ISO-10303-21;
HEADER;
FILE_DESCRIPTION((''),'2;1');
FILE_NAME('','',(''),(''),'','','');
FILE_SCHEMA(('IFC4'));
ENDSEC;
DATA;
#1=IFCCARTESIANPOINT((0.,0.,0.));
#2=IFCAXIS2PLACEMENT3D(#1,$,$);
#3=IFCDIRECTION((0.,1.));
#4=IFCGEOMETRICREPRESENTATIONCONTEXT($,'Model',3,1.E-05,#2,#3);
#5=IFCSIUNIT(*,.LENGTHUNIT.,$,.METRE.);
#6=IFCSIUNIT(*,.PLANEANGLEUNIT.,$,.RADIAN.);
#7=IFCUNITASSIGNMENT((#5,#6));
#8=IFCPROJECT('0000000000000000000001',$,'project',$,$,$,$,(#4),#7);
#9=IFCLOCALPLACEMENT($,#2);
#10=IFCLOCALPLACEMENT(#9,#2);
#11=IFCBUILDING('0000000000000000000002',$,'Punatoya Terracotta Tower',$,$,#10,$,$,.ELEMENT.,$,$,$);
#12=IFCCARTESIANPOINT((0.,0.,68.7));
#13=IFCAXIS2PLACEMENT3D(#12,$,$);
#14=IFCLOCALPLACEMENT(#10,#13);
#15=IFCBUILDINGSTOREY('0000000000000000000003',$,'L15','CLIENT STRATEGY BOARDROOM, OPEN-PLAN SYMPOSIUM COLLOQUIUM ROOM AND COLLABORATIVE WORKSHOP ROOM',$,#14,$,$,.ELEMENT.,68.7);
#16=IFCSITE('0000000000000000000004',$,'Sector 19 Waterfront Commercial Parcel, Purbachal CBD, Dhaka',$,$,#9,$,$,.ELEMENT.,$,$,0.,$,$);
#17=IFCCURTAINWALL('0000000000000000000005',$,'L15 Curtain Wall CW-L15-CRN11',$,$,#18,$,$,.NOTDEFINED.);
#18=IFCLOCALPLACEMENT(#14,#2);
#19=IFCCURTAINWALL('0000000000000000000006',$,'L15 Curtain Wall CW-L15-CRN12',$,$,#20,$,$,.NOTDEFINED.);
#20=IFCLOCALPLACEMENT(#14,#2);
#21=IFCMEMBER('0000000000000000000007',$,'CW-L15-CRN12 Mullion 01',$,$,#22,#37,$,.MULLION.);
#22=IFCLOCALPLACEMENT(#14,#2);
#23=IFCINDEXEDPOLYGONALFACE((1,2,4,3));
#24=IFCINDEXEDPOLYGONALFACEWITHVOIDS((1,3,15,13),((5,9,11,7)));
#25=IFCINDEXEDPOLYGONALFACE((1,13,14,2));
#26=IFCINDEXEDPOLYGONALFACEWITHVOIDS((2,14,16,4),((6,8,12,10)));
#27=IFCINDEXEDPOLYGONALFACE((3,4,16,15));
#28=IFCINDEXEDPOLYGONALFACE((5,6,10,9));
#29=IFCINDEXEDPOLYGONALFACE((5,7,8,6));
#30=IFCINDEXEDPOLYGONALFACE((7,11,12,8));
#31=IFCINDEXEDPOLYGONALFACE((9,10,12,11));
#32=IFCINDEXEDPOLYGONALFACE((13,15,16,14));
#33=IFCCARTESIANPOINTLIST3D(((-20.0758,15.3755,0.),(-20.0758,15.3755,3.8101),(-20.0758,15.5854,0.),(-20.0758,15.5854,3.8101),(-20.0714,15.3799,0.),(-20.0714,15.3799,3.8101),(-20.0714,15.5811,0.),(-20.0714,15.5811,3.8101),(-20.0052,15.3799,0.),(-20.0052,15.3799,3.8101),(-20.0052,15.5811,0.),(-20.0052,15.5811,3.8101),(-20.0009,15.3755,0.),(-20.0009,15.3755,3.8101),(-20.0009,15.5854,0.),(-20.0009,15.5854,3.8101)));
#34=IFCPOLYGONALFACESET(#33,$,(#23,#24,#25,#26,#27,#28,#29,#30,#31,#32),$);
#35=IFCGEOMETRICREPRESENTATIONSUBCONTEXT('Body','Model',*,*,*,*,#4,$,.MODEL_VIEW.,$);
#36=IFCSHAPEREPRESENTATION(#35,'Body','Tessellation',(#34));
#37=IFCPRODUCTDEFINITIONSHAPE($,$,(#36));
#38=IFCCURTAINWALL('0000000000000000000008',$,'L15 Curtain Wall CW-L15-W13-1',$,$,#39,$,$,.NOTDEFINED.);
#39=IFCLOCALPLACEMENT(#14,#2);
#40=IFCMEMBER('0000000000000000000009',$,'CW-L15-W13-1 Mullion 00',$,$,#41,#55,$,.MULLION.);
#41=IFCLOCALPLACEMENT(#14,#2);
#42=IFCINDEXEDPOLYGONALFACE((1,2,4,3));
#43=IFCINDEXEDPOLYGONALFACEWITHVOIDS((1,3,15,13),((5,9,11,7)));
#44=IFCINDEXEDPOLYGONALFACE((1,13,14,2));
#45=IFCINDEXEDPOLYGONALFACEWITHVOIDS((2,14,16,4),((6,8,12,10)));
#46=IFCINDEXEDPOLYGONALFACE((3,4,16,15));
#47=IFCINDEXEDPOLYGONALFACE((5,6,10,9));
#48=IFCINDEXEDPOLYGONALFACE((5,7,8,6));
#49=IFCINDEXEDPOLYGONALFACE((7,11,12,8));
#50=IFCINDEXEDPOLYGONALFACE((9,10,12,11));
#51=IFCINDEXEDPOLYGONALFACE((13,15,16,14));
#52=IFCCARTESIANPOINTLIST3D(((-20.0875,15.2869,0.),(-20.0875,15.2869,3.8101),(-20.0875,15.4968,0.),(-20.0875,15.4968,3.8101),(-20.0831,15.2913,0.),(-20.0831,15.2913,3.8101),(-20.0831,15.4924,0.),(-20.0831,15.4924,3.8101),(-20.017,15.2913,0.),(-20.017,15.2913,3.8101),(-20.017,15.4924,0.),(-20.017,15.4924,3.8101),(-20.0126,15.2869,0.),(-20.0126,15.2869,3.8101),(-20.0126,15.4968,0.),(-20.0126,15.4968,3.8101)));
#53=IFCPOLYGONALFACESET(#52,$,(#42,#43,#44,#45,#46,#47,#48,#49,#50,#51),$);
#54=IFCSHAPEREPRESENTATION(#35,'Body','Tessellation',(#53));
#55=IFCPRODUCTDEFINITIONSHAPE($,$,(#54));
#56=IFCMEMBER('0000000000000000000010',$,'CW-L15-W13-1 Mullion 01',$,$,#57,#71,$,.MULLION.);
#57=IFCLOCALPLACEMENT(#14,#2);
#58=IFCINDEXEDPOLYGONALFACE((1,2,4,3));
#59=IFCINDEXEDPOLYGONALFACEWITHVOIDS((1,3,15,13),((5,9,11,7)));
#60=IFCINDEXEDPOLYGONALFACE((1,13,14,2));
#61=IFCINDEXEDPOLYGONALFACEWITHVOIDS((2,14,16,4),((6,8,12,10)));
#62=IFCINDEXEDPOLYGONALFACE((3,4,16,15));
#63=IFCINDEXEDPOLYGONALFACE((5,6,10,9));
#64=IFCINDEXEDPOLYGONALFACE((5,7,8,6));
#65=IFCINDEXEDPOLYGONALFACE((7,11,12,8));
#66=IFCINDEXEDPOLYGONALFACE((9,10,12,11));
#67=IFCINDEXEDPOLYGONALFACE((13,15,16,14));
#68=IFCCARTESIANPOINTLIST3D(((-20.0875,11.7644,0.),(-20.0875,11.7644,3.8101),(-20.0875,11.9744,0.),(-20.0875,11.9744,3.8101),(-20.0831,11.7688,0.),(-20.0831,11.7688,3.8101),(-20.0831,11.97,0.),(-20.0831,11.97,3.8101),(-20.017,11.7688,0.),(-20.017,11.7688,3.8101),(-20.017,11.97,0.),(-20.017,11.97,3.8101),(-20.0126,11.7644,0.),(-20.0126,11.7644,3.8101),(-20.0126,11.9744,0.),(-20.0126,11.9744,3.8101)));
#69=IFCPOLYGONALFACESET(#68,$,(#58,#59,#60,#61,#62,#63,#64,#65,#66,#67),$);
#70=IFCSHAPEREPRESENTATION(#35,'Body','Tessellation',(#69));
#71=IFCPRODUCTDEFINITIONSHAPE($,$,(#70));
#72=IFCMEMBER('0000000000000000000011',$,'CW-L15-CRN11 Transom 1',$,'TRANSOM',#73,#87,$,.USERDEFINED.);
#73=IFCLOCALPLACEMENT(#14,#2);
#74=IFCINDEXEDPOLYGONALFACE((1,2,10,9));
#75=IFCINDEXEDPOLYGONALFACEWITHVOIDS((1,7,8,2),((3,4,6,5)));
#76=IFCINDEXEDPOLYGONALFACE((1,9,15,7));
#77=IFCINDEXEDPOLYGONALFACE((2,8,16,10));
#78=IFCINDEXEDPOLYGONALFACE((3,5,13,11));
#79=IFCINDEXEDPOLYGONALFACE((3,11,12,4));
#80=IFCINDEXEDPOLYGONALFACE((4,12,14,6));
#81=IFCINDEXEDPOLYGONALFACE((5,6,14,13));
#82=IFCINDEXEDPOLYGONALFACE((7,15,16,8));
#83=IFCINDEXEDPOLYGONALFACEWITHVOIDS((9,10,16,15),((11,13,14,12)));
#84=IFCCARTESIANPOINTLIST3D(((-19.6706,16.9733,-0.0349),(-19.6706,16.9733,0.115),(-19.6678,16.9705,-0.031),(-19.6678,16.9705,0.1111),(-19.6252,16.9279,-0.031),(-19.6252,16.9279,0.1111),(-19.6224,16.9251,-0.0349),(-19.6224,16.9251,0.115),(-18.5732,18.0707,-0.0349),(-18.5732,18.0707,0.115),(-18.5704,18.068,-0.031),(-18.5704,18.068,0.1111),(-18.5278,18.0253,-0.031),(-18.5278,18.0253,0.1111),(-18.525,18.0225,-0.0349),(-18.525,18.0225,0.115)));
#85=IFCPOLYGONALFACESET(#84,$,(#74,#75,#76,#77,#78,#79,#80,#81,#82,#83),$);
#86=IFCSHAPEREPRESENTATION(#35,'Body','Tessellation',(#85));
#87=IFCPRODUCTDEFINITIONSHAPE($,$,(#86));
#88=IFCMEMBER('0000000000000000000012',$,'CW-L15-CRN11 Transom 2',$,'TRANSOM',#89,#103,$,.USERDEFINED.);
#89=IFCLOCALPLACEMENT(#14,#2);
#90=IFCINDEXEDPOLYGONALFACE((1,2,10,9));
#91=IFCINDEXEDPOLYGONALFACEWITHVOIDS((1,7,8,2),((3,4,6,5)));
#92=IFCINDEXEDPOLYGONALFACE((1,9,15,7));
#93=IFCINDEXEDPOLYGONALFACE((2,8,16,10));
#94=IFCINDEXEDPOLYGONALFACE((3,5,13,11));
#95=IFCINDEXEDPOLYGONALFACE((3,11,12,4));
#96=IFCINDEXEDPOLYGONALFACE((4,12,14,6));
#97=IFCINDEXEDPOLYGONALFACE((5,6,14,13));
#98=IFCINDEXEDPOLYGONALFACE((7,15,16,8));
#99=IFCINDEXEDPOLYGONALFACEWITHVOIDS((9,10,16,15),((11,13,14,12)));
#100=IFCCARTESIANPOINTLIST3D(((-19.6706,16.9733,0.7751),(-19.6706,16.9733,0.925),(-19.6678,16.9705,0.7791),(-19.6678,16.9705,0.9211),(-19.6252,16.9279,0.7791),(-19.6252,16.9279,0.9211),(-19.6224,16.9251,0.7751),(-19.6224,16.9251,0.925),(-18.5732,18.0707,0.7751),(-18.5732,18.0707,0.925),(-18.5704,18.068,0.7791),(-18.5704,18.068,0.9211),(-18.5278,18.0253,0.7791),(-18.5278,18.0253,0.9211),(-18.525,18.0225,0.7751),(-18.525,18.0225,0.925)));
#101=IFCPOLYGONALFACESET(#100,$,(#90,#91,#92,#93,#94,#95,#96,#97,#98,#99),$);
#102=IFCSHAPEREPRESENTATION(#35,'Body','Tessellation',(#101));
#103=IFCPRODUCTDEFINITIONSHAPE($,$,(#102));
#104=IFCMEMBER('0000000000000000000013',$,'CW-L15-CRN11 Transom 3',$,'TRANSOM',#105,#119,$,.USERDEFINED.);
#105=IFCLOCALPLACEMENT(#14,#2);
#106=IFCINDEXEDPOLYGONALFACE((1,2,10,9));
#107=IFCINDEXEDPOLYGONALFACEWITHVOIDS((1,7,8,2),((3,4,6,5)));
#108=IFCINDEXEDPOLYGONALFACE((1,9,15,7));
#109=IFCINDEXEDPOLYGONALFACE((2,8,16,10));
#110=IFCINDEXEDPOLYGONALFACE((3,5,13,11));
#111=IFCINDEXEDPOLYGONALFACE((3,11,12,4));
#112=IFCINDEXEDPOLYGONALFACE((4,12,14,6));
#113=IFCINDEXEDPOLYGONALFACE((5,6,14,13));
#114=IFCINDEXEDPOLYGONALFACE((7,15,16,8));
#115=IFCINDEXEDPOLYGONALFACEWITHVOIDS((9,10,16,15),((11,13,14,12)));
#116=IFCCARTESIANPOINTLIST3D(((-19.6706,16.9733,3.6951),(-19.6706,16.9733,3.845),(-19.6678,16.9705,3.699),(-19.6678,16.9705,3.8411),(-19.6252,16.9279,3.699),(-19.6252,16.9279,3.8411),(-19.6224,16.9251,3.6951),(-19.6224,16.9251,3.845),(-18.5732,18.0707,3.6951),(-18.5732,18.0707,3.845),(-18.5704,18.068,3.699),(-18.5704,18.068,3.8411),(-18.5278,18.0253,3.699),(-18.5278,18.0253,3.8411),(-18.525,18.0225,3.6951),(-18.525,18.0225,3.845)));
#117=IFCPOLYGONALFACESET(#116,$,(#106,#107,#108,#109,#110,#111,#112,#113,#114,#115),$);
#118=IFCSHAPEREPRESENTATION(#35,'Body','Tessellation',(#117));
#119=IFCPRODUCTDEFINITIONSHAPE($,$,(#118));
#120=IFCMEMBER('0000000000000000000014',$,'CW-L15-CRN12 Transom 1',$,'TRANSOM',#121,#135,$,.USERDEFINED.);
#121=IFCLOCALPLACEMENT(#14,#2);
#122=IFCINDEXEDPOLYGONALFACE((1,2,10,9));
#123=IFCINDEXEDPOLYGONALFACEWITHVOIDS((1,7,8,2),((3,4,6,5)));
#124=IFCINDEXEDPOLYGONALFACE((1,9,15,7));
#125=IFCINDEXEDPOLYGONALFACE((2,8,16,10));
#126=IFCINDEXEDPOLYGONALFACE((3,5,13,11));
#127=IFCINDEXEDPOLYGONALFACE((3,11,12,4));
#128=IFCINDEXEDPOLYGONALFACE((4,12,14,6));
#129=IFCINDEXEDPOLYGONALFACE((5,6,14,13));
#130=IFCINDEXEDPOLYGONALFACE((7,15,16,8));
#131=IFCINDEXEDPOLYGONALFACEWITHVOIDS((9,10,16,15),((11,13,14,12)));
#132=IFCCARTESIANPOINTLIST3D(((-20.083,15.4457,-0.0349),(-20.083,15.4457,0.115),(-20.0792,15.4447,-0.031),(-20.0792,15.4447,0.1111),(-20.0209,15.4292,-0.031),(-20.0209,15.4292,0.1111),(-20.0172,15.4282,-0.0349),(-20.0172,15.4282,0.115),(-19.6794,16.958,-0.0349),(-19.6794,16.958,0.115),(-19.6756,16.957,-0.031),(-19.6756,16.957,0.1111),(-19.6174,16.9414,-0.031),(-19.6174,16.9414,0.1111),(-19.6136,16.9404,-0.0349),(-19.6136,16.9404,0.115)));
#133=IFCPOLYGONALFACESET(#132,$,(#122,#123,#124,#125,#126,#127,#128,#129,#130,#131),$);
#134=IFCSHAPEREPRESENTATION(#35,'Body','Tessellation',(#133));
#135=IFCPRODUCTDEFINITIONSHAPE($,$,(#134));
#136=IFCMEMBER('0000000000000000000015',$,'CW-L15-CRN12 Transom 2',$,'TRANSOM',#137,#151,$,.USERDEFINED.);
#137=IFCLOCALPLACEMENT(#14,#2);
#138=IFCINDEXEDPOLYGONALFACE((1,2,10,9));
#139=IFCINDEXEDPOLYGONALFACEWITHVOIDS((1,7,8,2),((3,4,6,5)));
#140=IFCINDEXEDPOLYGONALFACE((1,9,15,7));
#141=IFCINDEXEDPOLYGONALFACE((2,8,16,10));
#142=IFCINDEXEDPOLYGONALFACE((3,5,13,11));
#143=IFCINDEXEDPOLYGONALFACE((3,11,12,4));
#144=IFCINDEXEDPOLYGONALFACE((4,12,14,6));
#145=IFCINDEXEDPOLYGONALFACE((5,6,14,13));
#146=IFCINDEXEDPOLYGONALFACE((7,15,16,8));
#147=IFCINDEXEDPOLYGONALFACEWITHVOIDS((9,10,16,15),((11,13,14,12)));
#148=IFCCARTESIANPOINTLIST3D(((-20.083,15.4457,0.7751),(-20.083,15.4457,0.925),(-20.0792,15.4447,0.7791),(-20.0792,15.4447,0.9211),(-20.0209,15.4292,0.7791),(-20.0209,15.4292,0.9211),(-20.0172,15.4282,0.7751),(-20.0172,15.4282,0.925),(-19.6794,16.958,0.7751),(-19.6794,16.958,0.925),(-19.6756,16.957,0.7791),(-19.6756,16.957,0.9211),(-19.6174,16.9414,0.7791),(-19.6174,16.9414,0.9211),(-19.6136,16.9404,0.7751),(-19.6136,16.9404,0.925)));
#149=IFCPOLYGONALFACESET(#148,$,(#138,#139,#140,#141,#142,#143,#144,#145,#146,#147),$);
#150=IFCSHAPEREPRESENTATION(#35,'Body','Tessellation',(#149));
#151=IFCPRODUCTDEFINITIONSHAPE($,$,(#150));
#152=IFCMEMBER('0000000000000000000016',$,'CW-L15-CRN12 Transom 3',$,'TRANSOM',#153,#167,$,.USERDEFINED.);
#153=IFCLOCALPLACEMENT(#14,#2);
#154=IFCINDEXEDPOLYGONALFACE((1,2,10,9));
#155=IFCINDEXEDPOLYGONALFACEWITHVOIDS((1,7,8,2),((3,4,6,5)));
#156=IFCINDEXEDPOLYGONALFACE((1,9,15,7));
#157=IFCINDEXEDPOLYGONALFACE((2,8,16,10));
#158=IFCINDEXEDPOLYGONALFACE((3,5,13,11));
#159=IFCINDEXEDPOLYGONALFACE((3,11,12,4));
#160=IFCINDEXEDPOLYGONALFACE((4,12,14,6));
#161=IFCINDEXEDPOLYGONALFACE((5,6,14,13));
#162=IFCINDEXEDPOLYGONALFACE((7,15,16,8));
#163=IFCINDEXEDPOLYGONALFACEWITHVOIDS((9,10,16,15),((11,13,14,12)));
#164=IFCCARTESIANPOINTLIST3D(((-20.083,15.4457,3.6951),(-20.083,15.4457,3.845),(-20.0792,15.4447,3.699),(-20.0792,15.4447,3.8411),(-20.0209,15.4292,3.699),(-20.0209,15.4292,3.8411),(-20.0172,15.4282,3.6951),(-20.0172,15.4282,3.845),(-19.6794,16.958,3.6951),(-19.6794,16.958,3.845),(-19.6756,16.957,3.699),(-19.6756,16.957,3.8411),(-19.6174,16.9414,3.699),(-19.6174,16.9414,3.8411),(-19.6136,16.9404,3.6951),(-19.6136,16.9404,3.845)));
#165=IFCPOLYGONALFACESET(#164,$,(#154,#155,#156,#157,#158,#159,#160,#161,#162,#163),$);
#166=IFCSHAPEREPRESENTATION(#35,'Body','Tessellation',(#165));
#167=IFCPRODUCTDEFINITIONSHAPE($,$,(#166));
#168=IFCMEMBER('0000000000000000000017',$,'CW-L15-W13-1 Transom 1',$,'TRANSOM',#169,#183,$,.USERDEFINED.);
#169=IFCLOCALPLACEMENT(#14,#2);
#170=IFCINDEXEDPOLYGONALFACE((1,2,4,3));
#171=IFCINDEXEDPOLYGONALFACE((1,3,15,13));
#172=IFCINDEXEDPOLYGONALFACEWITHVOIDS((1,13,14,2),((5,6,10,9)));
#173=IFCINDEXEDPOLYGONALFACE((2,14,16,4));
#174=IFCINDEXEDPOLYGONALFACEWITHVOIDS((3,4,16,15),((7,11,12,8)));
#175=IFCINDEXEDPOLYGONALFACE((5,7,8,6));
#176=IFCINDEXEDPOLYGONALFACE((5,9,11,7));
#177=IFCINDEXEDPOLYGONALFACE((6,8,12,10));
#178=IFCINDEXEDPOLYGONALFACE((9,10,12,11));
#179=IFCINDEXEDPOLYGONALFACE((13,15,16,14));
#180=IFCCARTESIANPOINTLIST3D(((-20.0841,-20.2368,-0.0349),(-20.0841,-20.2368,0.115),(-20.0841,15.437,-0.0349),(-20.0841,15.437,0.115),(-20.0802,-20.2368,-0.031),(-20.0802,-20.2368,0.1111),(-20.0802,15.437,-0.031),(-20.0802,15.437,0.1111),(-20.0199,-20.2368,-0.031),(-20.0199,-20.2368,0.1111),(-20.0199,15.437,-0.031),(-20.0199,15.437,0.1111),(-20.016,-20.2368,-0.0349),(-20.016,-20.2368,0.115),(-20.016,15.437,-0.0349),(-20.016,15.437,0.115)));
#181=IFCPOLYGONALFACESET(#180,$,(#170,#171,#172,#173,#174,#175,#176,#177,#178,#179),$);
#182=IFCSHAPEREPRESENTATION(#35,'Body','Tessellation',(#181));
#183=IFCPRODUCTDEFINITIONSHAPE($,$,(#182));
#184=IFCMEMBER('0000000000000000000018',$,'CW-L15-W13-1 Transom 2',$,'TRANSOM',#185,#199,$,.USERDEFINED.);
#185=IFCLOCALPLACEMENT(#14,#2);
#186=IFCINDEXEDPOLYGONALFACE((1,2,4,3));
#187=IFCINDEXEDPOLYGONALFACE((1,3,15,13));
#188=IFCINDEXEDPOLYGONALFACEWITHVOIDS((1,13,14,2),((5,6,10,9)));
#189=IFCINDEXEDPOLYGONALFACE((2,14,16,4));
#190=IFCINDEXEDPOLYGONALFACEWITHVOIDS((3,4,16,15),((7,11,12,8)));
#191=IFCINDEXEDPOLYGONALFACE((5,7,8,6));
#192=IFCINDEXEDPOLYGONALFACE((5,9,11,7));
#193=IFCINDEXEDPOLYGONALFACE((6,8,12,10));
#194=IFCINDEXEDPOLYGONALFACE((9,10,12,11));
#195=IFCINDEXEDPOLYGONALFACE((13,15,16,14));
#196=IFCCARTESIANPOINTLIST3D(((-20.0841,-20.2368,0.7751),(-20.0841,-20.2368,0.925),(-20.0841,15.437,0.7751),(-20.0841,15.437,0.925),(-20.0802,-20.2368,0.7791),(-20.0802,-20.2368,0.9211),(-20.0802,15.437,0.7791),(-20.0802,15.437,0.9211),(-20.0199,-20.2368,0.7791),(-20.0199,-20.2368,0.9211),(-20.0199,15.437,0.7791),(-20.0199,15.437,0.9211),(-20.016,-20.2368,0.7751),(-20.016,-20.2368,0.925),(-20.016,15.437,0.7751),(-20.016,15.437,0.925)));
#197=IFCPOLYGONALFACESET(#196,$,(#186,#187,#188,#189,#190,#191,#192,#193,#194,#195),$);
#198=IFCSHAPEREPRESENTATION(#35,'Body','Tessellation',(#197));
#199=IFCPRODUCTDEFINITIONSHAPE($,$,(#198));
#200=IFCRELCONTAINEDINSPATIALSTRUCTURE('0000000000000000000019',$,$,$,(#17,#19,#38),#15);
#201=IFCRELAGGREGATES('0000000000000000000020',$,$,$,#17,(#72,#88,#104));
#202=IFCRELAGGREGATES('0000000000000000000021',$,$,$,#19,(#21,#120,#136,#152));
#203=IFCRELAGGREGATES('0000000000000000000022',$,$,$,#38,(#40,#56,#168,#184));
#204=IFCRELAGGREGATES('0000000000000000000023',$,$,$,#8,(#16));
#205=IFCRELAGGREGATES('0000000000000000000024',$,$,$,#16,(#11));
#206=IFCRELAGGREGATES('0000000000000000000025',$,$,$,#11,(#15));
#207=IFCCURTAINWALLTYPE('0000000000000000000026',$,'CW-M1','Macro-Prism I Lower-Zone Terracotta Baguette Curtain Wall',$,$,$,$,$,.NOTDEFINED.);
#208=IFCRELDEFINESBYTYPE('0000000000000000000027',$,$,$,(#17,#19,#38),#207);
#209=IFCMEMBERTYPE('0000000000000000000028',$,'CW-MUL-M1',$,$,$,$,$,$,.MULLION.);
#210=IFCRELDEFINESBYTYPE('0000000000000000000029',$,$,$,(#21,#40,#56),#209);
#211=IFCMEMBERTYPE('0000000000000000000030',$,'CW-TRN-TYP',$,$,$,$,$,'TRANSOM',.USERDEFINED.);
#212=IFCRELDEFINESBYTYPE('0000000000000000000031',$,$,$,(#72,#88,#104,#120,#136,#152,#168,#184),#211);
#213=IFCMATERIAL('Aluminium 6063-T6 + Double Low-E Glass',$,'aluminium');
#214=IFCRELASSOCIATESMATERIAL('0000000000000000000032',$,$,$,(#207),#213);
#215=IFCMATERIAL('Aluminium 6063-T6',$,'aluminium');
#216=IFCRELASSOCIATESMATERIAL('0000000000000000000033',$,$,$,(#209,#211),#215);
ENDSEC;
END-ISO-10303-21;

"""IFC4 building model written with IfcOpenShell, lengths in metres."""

from ifc_helpers import new_model, si_unit, direction, frame, origin, origin_2d, place, context, subcontext, project, spatial, hollow_rectangle, extrude, material, material_profile, profile_set, type_object, element, aggregate, save


model = new_model("IFC4")

# Units and contexts
model_context = context("Model", 3, precision=1e-05, world=origin(), true_north=direction((0.0, 1.0)))
body_context = subcontext(model_context, "Body", "Model", "MODEL_VIEW")
ifc_project = project(units=[si_unit("LENGTHUNIT", "METRE"), si_unit("PLANEANGLEUNIT", "RADIAN")], contexts=[model_context])

# Site, building, storey
site_placement = place(None, origin())
site = spatial("IfcSite", under=ifc_project, at=site_placement, Name="Sector 19 Waterfront Commercial Parcel, Purbachal CBD, Dhaka", CompositionType="ELEMENT", RefElevation=0.0)
building_placement = place(site_placement, origin())
building = spatial("IfcBuilding", under=site, at=building_placement, Name="Punatoya Terracotta Tower", CompositionType="ELEMENT")
storey_placement = place(building_placement, frame((0.0, 0.0, 68.7)))
storey = spatial("IfcBuildingStorey", under=building, at=storey_placement, Name="L15", Description="CLIENT STRATEGY BOARDROOM, OPEN-PLAN SYMPOSIUM COLLOQUIUM ROOM AND COLLABORATIVE WORKSHOP ROOM", CompositionType="ELEMENT", Elevation=68.7)

# Shared definitions
ifc_material_1 = material(Name="Aluminium 6063-T6 + Double Low-E Glass", Category="aluminium")
curtain_wall_type = type_object("IfcCurtainWallType", Name="CW-M1", Description="Macro-Prism I Lower-Zone Terracotta Baguette Curtain Wall", PredefinedType="NOTDEFINED", material=ifc_material_1)
ifc_material_2 = material(Name="Aluminium 6063-T6", Category="aluminium")
ifc_material_profile_1 = material_profile(ifc_material_2, hollow_rectangle(XDim=0.075, YDim=0.21, WallThickness=0.0044, at=origin_2d()))
ifc_profile_set_1 = profile_set([ifc_material_profile_1], Name="Aluminium 6063-T6")
member_type_1 = type_object("IfcMemberType", Name="CW-MUL-M1", PredefinedType="MULLION", material=ifc_profile_set_1)

# Curtain walls, members
curtain_wall_1_placement = place(storey_placement, origin())
curtain_wall_1 = element("IfcCurtainWall", 1, at=curtain_wall_1_placement, inside=storey, type_object=curtain_wall_type, Name="L15 Curtain Wall CW-L15-CRN11", PredefinedType="NOTDEFINED")
curtain_wall_2_placement = place(storey_placement, origin())
curtain_wall_2 = element("IfcCurtainWall", 2, at=curtain_wall_2_placement, inside=storey, type_object=curtain_wall_type, Name="L15 Curtain Wall CW-L15-CRN12", PredefinedType="NOTDEFINED")
member_1_placement = place(storey_placement, frame((-20.0383, 15.4805, 0.0), z_axis=(0.0, 0.0, 1.0), x_axis=(1.0, 0.0, 0.0)))
member_1 = element("IfcMember", 3, at=member_1_placement, type_object=member_type_1, Name="CW-L15-CRN12 Mullion 01", PredefinedType="MULLION", context=body_context, shape_type="SweptSolid", body=[
    extrude(hollow_rectangle(XDim=0.075, YDim=0.21, WallThickness=0.0044, at=origin_2d()), origin(), (0.0, 0.0, 1.0), 3.8101),
])
curtain_wall_3_placement = place(storey_placement, origin())
curtain_wall_3 = element("IfcCurtainWall", 4, at=curtain_wall_3_placement, inside=storey, type_object=curtain_wall_type, Name="L15 Curtain Wall CW-L15-W13-1", PredefinedType="NOTDEFINED")
member_2_placement = place(storey_placement, frame((-20.05, 15.3918, 0.0), z_axis=(0.0, 0.0, 1.0), x_axis=(1.0, 0.0, 0.0)))
member_2 = element("IfcMember", 5, at=member_2_placement, type_object=member_type_1, Name="CW-L15-W13-1 Mullion 00", PredefinedType="MULLION", context=body_context, shape_type="SweptSolid", body=[
    extrude(hollow_rectangle(XDim=0.075, YDim=0.21, WallThickness=0.0044, at=origin_2d()), origin(), (0.0, 0.0, 1.0), 3.8101),
])
member_3_placement = place(storey_placement, frame((-20.05, 11.8694, 0.0), z_axis=(0.0, 0.0, 1.0), x_axis=(1.0, 0.0, 0.0)))
member_3 = element("IfcMember", 6, at=member_3_placement, type_object=member_type_1, Name="CW-L15-W13-1 Mullion 01", PredefinedType="MULLION", context=body_context, shape_type="SweptSolid", body=[
    extrude(hollow_rectangle(XDim=0.075, YDim=0.21, WallThickness=0.0044, at=origin_2d()), origin(), (0.0, 0.0, 1.0), 3.8101),
])

# Members
ifc_material_profile_2 = material_profile(ifc_material_2, hollow_rectangle(XDim=0.0681, YDim=0.1499, WallThickness=0.0039, at=origin_2d()))
ifc_profile_set_2 = profile_set([ifc_material_profile_2], Name="Aluminium 6063-T6")
member_type_2 = type_object("IfcMemberType", Name="CW-TRN-TYP", ElementType="TRANSOM", PredefinedType="USERDEFINED", material=ifc_profile_set_2)
member_4_placement = place(storey_placement, frame((-18.5491, 18.0466, 0.04), z_axis=(-0.707107, -0.707107, 0.0), x_axis=(0.707107, -0.707107, 0.0)))
member_4 = element("IfcMember", 7, at=member_4_placement, type_object=member_type_2, Name="CW-L15-CRN11 Transom 1", ObjectType="TRANSOM", PredefinedType="USERDEFINED", context=body_context, shape_type="SweptSolid", body=[
    extrude(hollow_rectangle(XDim=0.0681, YDim=0.1499, WallThickness=0.0039, at=origin_2d()), origin(), (0.0, 0.0, 1.0), 1.552),
])
member_5_placement = place(storey_placement, frame((-18.5491, 18.0466, 0.8501), z_axis=(-0.707107, -0.707107, 0.0), x_axis=(0.707107, -0.707107, 0.0)))
member_5 = element("IfcMember", 8, at=member_5_placement, type_object=member_type_2, Name="CW-L15-CRN11 Transom 2", ObjectType="TRANSOM", PredefinedType="USERDEFINED", context=body_context, shape_type="SweptSolid", body=[
    extrude(hollow_rectangle(XDim=0.0681, YDim=0.1499, WallThickness=0.0039, at=origin_2d()), origin(), (0.0, 0.0, 1.0), 1.552),
])
member_6_placement = place(storey_placement, frame((-18.5491, 18.0466, 3.77), z_axis=(-0.707107, -0.707107, 0.0), x_axis=(0.707107, -0.707107, 0.0)))
member_6 = element("IfcMember", 9, at=member_6_placement, type_object=member_type_2, Name="CW-L15-CRN11 Transom 3", ObjectType="TRANSOM", PredefinedType="USERDEFINED", context=body_context, shape_type="SweptSolid", body=[
    extrude(hollow_rectangle(XDim=0.0681, YDim=0.1499, WallThickness=0.0039, at=origin_2d()), origin(), (0.0, 0.0, 1.0), 1.552),
])
member_7_placement = place(storey_placement, frame((-19.6465, 16.9492, 0.04), z_axis=(-0.257847, -0.966186, 0.0), x_axis=(0.966186, -0.257847, 0.0)))
member_7 = element("IfcMember", 10, at=member_7_placement, type_object=member_type_2, Name="CW-L15-CRN12 Transom 1", ObjectType="TRANSOM", PredefinedType="USERDEFINED", context=body_context, shape_type="SweptSolid", body=[
    extrude(hollow_rectangle(XDim=0.0681, YDim=0.1499, WallThickness=0.0039, at=origin_2d()), origin(), (0.0, 0.0, 1.0), 1.5652),
])
member_8_placement = place(storey_placement, frame((-19.6465, 16.9492, 0.8501), z_axis=(-0.257847, -0.966186, 0.0), x_axis=(0.966186, -0.257847, 0.0)))
member_8 = element("IfcMember", 11, at=member_8_placement, type_object=member_type_2, Name="CW-L15-CRN12 Transom 2", ObjectType="TRANSOM", PredefinedType="USERDEFINED", context=body_context, shape_type="SweptSolid", body=[
    extrude(hollow_rectangle(XDim=0.0681, YDim=0.1499, WallThickness=0.0039, at=origin_2d()), origin(), (0.0, 0.0, 1.0), 1.5652),
])
member_9_placement = place(storey_placement, frame((-19.6465, 16.9492, 3.77), z_axis=(-0.257847, -0.966186, 0.0), x_axis=(0.966186, -0.257847, 0.0)))
member_9 = element("IfcMember", 12, at=member_9_placement, type_object=member_type_2, Name="CW-L15-CRN12 Transom 3", ObjectType="TRANSOM", PredefinedType="USERDEFINED", context=body_context, shape_type="SweptSolid", body=[
    extrude(hollow_rectangle(XDim=0.0681, YDim=0.1499, WallThickness=0.0039, at=origin_2d()), origin(), (0.0, 0.0, 1.0), 1.5652),
])
member_10_placement = place(storey_placement, frame((-20.05, 15.437, 0.04), z_axis=(0.0, -1.0, 0.0), x_axis=(1.0, 0.0, 0.0)))
member_10 = element("IfcMember", 13, at=member_10_placement, type_object=member_type_2, Name="CW-L15-W13-1 Transom 1", ObjectType="TRANSOM", PredefinedType="USERDEFINED", context=body_context, shape_type="SweptSolid", body=[
    extrude(hollow_rectangle(XDim=0.0681, YDim=0.1499, WallThickness=0.0039, at=origin_2d()), origin(), (0.0, 0.0, 1.0), 35.6738),
])
member_11_placement = place(storey_placement, frame((-20.05, 15.437, 0.8501), z_axis=(0.0, -1.0, 0.0), x_axis=(1.0, 0.0, 0.0)))
member_11 = element("IfcMember", 14, at=member_11_placement, type_object=member_type_2, Name="CW-L15-W13-1 Transom 2", ObjectType="TRANSOM", PredefinedType="USERDEFINED", context=body_context, shape_type="SweptSolid", body=[
    extrude(hollow_rectangle(XDim=0.0681, YDim=0.1499, WallThickness=0.0039, at=origin_2d()), origin(), (0.0, 0.0, 1.0), 35.6738),
])

aggregate(curtain_wall_1, [member_4, member_5, member_6])
aggregate(curtain_wall_2, [member_1, member_7, member_8, member_9])
aggregate(curtain_wall_3, [member_2, member_3, member_10, member_11])

save(model, "model.ifc")
